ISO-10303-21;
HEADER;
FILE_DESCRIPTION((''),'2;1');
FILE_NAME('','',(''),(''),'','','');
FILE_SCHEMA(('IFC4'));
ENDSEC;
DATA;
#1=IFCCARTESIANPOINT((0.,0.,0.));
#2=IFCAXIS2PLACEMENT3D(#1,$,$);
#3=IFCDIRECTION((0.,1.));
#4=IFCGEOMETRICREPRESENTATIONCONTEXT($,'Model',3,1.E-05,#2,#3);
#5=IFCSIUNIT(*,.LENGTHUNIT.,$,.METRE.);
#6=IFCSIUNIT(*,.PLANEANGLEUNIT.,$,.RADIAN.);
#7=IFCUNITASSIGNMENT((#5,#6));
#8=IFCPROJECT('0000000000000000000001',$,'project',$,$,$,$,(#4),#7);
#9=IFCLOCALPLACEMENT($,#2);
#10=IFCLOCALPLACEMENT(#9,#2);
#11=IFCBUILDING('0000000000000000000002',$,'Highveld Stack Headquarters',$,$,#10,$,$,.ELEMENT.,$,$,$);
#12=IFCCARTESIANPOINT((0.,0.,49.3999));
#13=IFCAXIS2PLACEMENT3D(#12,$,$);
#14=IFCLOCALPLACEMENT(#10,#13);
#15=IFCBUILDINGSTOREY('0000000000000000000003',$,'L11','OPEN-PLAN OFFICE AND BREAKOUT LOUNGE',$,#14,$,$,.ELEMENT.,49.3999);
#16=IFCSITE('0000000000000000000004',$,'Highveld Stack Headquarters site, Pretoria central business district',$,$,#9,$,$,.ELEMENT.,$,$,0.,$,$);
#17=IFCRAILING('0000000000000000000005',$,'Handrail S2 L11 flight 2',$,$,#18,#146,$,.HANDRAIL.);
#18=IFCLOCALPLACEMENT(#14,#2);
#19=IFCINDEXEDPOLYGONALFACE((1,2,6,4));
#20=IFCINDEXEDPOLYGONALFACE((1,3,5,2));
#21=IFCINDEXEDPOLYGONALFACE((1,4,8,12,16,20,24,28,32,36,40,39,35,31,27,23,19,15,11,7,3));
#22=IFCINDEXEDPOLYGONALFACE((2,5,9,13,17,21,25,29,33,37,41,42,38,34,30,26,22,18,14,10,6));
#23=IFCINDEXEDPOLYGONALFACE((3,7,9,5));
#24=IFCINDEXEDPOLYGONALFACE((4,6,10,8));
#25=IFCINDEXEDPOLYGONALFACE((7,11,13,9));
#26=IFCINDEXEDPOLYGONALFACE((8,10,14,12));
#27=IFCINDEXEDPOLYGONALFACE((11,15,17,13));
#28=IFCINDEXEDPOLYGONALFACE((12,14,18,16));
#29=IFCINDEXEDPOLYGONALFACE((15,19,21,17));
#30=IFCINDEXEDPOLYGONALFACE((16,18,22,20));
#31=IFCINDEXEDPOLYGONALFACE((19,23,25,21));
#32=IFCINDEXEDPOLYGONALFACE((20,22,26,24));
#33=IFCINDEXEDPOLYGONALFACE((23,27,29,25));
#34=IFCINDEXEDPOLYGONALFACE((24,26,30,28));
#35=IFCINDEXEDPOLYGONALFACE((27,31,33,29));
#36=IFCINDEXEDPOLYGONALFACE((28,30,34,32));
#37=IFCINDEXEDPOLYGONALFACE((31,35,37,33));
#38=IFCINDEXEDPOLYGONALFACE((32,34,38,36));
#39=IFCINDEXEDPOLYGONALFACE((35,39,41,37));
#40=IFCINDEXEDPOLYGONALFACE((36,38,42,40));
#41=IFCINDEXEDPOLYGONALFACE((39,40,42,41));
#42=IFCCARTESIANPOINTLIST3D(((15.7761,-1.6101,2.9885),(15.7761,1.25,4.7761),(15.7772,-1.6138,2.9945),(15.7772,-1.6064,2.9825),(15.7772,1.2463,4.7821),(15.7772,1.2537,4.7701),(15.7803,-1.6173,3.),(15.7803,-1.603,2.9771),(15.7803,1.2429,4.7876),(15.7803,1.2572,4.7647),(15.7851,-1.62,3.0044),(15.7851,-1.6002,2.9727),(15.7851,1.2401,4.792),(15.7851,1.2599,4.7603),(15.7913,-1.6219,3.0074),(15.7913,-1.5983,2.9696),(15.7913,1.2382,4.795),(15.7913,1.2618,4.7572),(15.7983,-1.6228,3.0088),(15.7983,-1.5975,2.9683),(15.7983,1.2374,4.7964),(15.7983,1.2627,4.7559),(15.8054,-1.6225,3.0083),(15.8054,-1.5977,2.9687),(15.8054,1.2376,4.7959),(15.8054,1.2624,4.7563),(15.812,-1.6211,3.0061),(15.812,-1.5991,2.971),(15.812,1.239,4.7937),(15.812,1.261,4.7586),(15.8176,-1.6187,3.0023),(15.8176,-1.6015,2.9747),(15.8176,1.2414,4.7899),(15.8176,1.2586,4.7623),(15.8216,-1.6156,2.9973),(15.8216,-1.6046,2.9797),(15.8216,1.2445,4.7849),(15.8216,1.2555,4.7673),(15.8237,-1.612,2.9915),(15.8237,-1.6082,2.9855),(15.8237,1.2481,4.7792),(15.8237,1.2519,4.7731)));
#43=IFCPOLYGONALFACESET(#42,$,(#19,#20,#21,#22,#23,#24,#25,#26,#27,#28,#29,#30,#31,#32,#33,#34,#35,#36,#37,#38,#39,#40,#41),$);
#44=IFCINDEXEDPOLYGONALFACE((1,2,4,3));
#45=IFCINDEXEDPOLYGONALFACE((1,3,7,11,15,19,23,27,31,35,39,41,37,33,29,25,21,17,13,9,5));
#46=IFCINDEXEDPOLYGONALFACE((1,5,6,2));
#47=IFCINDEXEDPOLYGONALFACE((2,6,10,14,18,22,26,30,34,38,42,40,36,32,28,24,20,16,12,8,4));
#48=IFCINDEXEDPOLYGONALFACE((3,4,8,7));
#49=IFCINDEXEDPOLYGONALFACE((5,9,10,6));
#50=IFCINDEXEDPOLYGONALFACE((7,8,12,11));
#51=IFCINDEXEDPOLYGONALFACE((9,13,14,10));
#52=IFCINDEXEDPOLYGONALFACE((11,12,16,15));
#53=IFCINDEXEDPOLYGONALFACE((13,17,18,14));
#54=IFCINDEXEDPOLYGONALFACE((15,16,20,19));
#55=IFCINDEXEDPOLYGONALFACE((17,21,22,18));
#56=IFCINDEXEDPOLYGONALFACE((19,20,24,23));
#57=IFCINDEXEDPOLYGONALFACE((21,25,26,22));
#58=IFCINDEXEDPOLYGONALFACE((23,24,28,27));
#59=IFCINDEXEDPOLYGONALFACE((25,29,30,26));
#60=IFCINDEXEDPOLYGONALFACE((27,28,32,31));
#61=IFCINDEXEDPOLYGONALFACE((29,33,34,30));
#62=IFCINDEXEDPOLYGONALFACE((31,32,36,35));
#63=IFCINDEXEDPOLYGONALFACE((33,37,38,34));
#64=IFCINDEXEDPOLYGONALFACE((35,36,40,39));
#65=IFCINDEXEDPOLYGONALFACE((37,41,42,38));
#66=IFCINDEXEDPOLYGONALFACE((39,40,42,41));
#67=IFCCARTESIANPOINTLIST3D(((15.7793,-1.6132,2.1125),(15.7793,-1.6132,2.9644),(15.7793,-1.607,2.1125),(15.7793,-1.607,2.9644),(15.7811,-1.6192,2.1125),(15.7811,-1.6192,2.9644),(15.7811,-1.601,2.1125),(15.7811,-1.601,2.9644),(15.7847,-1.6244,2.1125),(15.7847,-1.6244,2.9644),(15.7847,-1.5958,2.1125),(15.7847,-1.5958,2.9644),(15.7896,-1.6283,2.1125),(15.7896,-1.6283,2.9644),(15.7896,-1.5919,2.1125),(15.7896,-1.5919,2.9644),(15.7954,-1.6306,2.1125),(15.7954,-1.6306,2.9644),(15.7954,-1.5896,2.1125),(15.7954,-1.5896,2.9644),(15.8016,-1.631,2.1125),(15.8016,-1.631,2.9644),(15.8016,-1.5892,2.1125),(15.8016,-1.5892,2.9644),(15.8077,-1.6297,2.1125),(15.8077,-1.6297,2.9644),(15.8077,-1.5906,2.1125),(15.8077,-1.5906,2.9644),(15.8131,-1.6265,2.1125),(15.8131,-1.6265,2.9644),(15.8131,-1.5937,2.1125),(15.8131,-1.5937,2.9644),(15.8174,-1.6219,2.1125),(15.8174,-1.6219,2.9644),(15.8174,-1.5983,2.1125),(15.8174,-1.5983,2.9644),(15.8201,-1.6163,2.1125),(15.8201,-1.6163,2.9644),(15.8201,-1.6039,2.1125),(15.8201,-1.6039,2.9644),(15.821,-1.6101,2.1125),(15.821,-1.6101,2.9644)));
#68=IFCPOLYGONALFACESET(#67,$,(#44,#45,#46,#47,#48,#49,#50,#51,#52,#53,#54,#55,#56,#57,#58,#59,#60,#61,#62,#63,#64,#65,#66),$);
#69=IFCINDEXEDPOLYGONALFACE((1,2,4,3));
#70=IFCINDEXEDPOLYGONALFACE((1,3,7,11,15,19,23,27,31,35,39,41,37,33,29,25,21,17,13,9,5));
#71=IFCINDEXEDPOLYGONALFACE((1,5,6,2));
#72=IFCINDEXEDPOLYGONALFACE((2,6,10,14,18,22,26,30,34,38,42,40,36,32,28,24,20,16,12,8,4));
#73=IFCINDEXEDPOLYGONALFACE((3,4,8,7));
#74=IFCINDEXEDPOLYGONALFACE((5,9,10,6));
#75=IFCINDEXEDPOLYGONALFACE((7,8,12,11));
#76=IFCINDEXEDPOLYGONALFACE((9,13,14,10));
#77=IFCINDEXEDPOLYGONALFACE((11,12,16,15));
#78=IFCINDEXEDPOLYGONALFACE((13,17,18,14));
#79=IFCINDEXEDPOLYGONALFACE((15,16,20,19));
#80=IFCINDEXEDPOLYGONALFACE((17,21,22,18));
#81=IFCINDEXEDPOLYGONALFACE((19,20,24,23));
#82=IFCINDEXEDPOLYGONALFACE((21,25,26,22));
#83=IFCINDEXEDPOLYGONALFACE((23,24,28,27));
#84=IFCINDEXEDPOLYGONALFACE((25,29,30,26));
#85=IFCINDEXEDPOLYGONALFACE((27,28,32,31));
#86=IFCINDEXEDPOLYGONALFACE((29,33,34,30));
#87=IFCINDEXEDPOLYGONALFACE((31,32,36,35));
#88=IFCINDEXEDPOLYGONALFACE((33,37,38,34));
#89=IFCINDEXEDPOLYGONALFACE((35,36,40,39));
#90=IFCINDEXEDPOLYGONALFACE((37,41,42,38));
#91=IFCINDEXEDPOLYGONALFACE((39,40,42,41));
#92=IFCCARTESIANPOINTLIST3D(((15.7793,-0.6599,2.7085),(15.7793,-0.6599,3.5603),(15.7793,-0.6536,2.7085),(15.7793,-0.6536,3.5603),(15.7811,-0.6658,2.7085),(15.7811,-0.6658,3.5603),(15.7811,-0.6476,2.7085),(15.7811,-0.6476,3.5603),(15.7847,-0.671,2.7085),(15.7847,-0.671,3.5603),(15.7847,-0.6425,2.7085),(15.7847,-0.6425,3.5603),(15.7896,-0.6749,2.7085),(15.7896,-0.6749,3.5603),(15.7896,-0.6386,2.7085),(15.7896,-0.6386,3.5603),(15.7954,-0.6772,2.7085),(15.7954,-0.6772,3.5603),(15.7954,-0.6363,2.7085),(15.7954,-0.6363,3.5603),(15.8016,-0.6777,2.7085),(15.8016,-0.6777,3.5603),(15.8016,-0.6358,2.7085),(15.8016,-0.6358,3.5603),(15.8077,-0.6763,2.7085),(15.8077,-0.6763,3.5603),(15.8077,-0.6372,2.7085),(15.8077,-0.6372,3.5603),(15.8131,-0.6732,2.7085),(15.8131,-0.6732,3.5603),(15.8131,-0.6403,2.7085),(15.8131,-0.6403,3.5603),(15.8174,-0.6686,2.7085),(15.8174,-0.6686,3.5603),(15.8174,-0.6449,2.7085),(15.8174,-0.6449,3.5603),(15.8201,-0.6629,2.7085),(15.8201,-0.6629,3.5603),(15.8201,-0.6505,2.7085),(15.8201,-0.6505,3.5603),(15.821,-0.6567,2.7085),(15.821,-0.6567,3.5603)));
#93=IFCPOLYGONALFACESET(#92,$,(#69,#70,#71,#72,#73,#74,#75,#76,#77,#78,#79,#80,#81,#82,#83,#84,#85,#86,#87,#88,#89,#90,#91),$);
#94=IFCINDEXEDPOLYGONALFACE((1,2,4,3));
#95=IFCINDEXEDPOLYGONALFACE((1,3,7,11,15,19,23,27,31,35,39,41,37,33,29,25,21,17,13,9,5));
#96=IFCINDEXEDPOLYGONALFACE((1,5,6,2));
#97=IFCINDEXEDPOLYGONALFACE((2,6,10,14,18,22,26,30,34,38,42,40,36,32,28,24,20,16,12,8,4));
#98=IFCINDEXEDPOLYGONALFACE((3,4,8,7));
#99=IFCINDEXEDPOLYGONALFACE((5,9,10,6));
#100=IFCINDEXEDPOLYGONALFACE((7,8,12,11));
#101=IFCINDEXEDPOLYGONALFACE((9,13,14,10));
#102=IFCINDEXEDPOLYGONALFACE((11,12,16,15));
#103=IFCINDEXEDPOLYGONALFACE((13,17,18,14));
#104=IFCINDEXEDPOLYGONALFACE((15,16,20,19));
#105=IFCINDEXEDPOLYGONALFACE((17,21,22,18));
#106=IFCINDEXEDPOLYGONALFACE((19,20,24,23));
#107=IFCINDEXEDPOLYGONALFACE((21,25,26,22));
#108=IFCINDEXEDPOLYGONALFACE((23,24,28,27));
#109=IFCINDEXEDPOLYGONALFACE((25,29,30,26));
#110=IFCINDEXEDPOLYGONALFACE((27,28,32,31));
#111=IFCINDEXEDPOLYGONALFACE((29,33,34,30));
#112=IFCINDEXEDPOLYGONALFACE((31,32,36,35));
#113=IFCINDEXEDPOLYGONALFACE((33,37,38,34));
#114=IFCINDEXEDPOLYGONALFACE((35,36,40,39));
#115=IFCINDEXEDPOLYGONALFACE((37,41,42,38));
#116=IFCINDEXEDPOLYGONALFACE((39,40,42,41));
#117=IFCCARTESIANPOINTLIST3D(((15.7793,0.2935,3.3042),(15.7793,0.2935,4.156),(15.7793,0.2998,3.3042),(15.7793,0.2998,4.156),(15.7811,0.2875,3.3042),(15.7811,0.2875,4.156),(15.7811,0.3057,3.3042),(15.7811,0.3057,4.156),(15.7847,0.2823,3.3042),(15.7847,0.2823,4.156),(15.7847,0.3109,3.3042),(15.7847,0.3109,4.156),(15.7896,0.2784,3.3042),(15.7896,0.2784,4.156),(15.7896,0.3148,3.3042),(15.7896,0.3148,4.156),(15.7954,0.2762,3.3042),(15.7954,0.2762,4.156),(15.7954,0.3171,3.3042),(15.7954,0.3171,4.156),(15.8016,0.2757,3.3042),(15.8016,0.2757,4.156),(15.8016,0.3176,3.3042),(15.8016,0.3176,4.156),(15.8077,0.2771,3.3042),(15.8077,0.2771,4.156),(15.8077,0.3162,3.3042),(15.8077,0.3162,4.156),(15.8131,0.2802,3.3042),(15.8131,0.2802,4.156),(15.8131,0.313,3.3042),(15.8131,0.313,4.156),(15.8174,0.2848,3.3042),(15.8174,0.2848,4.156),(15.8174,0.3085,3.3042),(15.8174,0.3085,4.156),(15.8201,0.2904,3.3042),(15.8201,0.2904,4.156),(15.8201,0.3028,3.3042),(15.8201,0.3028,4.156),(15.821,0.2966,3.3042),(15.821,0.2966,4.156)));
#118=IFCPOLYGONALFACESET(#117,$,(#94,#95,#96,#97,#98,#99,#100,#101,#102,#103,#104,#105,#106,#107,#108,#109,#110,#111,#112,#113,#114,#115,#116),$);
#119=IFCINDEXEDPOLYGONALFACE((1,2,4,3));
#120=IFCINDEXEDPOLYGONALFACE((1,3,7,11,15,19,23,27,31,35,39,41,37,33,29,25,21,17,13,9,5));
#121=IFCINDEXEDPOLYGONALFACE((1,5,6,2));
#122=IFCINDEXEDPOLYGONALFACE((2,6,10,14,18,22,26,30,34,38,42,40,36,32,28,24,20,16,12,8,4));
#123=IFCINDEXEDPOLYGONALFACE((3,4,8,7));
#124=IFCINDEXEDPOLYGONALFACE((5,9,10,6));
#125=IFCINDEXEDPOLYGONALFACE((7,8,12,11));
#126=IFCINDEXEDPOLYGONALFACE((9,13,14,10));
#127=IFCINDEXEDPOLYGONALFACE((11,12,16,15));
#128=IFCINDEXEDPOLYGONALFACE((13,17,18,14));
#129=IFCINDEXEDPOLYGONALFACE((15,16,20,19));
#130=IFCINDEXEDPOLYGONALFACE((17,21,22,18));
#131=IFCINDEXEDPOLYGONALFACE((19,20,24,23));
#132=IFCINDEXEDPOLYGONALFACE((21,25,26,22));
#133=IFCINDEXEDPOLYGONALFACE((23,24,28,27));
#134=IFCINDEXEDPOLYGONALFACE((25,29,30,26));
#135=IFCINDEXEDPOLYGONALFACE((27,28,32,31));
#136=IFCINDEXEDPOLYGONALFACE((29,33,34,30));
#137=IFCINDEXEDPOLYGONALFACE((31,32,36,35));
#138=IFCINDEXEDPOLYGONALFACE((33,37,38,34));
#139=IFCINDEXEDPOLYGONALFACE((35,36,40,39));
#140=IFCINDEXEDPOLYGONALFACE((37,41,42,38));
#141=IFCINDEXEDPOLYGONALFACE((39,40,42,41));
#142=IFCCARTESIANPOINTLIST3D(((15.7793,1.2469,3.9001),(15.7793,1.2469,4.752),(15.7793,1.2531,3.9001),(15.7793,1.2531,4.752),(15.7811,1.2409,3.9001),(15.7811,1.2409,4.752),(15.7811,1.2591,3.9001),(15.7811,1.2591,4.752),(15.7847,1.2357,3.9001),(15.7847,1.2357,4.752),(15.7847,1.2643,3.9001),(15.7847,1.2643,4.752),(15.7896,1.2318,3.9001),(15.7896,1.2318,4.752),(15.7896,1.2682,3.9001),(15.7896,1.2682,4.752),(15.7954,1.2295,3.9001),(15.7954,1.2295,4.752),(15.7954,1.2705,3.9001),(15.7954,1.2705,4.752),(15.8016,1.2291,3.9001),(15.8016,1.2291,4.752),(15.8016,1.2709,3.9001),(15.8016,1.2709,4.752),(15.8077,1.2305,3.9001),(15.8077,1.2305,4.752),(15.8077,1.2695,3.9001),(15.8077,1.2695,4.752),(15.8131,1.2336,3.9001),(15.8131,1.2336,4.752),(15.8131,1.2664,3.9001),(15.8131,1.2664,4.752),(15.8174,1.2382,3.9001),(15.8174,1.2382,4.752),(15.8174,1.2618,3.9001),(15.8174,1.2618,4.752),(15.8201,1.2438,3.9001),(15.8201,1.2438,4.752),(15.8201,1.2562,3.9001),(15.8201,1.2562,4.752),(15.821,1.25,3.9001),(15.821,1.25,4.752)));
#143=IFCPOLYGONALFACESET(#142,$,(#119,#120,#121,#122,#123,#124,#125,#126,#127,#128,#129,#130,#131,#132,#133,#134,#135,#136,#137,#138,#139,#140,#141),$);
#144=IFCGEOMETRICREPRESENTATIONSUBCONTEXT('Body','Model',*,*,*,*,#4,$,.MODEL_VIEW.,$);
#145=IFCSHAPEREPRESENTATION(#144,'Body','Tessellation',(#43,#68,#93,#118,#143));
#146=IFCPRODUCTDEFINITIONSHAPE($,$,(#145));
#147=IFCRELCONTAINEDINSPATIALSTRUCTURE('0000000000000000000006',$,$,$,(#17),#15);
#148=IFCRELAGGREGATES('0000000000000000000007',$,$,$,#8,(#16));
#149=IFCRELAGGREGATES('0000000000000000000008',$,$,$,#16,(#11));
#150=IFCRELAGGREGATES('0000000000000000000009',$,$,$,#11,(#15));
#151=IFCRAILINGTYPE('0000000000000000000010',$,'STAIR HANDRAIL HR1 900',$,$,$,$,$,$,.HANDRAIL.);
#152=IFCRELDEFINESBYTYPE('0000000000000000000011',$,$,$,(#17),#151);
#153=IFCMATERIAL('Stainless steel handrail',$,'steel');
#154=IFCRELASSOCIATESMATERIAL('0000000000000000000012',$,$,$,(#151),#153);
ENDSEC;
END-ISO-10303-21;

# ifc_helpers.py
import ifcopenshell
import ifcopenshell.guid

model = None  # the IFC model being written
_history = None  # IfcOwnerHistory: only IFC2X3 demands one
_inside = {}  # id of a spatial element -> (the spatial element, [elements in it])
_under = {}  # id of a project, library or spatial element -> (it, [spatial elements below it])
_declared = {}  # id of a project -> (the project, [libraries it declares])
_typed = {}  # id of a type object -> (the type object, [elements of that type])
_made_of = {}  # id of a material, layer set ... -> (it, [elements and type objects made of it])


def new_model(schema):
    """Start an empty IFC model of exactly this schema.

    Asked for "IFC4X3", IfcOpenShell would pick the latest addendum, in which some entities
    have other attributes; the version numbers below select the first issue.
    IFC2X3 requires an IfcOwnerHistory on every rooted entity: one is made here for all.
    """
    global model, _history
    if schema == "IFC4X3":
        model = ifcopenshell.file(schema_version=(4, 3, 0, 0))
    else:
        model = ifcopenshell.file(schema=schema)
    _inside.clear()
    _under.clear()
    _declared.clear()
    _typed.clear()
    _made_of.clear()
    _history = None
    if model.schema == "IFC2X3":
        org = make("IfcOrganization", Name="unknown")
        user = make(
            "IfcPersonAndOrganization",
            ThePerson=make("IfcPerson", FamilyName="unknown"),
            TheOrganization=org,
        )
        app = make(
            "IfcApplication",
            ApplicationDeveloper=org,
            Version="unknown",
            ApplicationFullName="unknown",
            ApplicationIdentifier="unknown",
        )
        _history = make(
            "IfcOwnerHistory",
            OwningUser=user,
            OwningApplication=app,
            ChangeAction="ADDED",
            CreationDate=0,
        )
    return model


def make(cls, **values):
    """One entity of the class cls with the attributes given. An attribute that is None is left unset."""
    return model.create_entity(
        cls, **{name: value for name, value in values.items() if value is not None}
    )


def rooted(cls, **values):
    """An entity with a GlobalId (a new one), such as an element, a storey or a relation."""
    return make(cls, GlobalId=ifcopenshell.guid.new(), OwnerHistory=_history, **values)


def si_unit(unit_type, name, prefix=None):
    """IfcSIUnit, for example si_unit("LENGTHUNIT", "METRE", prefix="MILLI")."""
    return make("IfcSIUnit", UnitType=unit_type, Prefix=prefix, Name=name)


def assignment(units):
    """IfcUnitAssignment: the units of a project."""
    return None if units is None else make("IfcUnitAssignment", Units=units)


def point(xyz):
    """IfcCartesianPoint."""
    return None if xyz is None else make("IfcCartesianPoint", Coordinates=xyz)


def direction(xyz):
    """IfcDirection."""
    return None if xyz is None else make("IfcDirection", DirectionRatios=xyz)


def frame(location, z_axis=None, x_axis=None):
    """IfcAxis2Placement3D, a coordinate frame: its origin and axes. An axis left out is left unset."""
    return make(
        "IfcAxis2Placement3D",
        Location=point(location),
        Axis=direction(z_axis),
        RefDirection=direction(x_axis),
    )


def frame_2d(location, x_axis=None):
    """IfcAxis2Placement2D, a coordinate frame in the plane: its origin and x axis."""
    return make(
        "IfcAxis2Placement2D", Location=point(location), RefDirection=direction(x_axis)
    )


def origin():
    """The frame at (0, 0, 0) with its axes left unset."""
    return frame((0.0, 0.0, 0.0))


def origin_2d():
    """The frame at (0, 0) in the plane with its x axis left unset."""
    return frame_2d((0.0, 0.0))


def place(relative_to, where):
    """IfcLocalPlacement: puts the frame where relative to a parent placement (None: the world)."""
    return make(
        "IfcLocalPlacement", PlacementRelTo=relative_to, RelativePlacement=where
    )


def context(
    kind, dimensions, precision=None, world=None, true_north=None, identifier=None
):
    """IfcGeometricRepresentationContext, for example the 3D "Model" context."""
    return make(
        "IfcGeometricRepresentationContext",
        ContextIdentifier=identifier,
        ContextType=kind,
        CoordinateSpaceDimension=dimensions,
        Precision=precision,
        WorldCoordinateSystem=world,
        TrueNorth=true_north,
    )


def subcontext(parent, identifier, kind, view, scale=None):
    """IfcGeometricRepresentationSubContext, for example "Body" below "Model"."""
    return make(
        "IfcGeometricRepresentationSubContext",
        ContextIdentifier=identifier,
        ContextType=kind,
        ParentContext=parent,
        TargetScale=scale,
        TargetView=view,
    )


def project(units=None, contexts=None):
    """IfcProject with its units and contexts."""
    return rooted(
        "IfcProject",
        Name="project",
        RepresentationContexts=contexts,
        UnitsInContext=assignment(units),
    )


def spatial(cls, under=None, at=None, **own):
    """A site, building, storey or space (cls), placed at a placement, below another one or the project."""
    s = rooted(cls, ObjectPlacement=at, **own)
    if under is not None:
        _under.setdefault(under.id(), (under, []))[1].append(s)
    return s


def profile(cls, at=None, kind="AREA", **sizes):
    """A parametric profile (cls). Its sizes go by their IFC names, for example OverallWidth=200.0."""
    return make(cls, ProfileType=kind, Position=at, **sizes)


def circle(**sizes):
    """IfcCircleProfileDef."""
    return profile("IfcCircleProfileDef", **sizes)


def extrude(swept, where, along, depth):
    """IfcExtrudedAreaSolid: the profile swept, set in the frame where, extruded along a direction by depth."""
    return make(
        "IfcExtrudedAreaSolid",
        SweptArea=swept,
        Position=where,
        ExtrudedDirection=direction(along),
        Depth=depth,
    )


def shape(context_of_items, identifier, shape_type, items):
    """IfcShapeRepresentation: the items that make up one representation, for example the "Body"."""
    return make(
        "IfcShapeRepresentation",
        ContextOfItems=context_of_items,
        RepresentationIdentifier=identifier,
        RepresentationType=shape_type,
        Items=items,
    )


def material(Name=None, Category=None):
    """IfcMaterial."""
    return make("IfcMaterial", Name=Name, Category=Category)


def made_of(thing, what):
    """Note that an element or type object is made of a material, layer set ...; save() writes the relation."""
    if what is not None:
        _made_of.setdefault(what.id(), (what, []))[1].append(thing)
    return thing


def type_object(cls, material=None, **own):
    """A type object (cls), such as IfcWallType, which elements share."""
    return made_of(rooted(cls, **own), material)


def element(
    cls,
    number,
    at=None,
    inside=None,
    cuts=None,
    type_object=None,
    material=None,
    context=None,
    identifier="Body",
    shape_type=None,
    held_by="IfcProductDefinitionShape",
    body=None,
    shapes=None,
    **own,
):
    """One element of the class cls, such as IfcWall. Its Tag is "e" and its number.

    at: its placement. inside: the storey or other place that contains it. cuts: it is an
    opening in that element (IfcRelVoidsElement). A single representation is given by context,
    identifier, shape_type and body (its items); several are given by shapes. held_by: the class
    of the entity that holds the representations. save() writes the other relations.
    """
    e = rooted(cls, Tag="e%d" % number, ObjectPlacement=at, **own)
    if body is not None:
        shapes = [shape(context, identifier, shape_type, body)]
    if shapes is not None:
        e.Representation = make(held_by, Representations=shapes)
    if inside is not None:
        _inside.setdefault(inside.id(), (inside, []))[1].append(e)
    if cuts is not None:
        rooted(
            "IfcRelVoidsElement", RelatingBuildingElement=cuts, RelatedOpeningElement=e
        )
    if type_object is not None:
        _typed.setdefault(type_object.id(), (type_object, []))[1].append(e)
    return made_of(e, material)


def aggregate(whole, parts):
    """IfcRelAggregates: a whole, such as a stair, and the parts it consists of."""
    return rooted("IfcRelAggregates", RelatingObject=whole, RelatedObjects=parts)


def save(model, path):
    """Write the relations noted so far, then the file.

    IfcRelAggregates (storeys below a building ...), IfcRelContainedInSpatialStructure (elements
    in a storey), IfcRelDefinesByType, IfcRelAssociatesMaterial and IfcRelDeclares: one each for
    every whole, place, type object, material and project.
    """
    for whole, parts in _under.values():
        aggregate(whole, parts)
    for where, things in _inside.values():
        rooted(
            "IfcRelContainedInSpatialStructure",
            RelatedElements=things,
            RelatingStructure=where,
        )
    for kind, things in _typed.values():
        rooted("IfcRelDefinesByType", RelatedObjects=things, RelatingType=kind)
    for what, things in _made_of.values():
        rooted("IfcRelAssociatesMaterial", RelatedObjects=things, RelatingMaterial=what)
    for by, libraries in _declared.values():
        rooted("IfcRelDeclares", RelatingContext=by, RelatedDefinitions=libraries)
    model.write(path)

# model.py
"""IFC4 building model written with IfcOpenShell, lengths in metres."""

from ifc_helpers import new_model, si_unit, direction, frame, origin, origin_2d, place, context, subcontext, project, spatial, circle, extrude, material, type_object, element, save


model = new_model("IFC4")

# Units and contexts
model_context = context("Model", 3, precision=1e-05, world=origin(), true_north=direction((0.0, 1.0)))
body_context = subcontext(model_context, "Body", "Model", "MODEL_VIEW")
ifc_project = project(units=[si_unit("LENGTHUNIT", "METRE"), si_unit("PLANEANGLEUNIT", "RADIAN")], contexts=[model_context])

# Site, building, storey
site_placement = place(None, origin())
site = spatial("IfcSite", under=ifc_project, at=site_placement, Name="Highveld Stack Headquarters site, Pretoria central business district", CompositionType="ELEMENT", RefElevation=0.0)
building_placement = place(site_placement, origin())
building = spatial("IfcBuilding", under=site, at=building_placement, Name="Highveld Stack Headquarters", CompositionType="ELEMENT")
storey_placement = place(building_placement, frame((0.0, 0.0, 49.3999)))
storey = spatial("IfcBuildingStorey", under=building, at=storey_placement, Name="L11", Description="OPEN-PLAN OFFICE AND BREAKOUT LOUNGE", CompositionType="ELEMENT", Elevation=49.3999)

# Railing
ifc_material_1 = material(Name="Stainless steel handrail", Category="steel")
railing_type = type_object("IfcRailingType", Name="STAIR HANDRAIL HR1 900", PredefinedType="HANDRAIL", material=ifc_material_1)
railing_placement = place(storey_placement, frame((15.8, -1.6101, 2.1125)))
element("IfcRailing", 1, at=railing_placement, inside=storey, type_object=railing_type, Name="Handrail S2 L11 flight 2", PredefinedType="HANDRAIL", context=body_context, shape_type="SweptSolid", body=[
    extrude(circle(Radius=0.0239, at=origin_2d()), frame((0.0, 0.0, 0.876), z_axis=(0.0, 0.847994, 0.530005), x_axis=(-1.0, 0.0, 0.0)), (0.0, 0.0, 1.0), 3.3728),
    extrude(circle(Radius=0.021, at=origin_2d()), origin(), (0.0, 0.0, 1.0), 0.8518),
    extrude(circle(Radius=0.021, at=origin_2d()), frame((0.0, 0.9534, 0.5959)), (0.0, 0.0, 1.0), 0.8518),
    extrude(circle(Radius=0.021, at=origin_2d()), frame((0.0, 1.9067, 1.1917)), (0.0, 0.0, 1.0), 0.8518),
    extrude(circle(Radius=0.021, at=origin_2d()), frame((0.0, 2.8601, 1.7876)), (0.0, 0.0, 1.0), 0.8518),
])

save(model, "model.ifc")
